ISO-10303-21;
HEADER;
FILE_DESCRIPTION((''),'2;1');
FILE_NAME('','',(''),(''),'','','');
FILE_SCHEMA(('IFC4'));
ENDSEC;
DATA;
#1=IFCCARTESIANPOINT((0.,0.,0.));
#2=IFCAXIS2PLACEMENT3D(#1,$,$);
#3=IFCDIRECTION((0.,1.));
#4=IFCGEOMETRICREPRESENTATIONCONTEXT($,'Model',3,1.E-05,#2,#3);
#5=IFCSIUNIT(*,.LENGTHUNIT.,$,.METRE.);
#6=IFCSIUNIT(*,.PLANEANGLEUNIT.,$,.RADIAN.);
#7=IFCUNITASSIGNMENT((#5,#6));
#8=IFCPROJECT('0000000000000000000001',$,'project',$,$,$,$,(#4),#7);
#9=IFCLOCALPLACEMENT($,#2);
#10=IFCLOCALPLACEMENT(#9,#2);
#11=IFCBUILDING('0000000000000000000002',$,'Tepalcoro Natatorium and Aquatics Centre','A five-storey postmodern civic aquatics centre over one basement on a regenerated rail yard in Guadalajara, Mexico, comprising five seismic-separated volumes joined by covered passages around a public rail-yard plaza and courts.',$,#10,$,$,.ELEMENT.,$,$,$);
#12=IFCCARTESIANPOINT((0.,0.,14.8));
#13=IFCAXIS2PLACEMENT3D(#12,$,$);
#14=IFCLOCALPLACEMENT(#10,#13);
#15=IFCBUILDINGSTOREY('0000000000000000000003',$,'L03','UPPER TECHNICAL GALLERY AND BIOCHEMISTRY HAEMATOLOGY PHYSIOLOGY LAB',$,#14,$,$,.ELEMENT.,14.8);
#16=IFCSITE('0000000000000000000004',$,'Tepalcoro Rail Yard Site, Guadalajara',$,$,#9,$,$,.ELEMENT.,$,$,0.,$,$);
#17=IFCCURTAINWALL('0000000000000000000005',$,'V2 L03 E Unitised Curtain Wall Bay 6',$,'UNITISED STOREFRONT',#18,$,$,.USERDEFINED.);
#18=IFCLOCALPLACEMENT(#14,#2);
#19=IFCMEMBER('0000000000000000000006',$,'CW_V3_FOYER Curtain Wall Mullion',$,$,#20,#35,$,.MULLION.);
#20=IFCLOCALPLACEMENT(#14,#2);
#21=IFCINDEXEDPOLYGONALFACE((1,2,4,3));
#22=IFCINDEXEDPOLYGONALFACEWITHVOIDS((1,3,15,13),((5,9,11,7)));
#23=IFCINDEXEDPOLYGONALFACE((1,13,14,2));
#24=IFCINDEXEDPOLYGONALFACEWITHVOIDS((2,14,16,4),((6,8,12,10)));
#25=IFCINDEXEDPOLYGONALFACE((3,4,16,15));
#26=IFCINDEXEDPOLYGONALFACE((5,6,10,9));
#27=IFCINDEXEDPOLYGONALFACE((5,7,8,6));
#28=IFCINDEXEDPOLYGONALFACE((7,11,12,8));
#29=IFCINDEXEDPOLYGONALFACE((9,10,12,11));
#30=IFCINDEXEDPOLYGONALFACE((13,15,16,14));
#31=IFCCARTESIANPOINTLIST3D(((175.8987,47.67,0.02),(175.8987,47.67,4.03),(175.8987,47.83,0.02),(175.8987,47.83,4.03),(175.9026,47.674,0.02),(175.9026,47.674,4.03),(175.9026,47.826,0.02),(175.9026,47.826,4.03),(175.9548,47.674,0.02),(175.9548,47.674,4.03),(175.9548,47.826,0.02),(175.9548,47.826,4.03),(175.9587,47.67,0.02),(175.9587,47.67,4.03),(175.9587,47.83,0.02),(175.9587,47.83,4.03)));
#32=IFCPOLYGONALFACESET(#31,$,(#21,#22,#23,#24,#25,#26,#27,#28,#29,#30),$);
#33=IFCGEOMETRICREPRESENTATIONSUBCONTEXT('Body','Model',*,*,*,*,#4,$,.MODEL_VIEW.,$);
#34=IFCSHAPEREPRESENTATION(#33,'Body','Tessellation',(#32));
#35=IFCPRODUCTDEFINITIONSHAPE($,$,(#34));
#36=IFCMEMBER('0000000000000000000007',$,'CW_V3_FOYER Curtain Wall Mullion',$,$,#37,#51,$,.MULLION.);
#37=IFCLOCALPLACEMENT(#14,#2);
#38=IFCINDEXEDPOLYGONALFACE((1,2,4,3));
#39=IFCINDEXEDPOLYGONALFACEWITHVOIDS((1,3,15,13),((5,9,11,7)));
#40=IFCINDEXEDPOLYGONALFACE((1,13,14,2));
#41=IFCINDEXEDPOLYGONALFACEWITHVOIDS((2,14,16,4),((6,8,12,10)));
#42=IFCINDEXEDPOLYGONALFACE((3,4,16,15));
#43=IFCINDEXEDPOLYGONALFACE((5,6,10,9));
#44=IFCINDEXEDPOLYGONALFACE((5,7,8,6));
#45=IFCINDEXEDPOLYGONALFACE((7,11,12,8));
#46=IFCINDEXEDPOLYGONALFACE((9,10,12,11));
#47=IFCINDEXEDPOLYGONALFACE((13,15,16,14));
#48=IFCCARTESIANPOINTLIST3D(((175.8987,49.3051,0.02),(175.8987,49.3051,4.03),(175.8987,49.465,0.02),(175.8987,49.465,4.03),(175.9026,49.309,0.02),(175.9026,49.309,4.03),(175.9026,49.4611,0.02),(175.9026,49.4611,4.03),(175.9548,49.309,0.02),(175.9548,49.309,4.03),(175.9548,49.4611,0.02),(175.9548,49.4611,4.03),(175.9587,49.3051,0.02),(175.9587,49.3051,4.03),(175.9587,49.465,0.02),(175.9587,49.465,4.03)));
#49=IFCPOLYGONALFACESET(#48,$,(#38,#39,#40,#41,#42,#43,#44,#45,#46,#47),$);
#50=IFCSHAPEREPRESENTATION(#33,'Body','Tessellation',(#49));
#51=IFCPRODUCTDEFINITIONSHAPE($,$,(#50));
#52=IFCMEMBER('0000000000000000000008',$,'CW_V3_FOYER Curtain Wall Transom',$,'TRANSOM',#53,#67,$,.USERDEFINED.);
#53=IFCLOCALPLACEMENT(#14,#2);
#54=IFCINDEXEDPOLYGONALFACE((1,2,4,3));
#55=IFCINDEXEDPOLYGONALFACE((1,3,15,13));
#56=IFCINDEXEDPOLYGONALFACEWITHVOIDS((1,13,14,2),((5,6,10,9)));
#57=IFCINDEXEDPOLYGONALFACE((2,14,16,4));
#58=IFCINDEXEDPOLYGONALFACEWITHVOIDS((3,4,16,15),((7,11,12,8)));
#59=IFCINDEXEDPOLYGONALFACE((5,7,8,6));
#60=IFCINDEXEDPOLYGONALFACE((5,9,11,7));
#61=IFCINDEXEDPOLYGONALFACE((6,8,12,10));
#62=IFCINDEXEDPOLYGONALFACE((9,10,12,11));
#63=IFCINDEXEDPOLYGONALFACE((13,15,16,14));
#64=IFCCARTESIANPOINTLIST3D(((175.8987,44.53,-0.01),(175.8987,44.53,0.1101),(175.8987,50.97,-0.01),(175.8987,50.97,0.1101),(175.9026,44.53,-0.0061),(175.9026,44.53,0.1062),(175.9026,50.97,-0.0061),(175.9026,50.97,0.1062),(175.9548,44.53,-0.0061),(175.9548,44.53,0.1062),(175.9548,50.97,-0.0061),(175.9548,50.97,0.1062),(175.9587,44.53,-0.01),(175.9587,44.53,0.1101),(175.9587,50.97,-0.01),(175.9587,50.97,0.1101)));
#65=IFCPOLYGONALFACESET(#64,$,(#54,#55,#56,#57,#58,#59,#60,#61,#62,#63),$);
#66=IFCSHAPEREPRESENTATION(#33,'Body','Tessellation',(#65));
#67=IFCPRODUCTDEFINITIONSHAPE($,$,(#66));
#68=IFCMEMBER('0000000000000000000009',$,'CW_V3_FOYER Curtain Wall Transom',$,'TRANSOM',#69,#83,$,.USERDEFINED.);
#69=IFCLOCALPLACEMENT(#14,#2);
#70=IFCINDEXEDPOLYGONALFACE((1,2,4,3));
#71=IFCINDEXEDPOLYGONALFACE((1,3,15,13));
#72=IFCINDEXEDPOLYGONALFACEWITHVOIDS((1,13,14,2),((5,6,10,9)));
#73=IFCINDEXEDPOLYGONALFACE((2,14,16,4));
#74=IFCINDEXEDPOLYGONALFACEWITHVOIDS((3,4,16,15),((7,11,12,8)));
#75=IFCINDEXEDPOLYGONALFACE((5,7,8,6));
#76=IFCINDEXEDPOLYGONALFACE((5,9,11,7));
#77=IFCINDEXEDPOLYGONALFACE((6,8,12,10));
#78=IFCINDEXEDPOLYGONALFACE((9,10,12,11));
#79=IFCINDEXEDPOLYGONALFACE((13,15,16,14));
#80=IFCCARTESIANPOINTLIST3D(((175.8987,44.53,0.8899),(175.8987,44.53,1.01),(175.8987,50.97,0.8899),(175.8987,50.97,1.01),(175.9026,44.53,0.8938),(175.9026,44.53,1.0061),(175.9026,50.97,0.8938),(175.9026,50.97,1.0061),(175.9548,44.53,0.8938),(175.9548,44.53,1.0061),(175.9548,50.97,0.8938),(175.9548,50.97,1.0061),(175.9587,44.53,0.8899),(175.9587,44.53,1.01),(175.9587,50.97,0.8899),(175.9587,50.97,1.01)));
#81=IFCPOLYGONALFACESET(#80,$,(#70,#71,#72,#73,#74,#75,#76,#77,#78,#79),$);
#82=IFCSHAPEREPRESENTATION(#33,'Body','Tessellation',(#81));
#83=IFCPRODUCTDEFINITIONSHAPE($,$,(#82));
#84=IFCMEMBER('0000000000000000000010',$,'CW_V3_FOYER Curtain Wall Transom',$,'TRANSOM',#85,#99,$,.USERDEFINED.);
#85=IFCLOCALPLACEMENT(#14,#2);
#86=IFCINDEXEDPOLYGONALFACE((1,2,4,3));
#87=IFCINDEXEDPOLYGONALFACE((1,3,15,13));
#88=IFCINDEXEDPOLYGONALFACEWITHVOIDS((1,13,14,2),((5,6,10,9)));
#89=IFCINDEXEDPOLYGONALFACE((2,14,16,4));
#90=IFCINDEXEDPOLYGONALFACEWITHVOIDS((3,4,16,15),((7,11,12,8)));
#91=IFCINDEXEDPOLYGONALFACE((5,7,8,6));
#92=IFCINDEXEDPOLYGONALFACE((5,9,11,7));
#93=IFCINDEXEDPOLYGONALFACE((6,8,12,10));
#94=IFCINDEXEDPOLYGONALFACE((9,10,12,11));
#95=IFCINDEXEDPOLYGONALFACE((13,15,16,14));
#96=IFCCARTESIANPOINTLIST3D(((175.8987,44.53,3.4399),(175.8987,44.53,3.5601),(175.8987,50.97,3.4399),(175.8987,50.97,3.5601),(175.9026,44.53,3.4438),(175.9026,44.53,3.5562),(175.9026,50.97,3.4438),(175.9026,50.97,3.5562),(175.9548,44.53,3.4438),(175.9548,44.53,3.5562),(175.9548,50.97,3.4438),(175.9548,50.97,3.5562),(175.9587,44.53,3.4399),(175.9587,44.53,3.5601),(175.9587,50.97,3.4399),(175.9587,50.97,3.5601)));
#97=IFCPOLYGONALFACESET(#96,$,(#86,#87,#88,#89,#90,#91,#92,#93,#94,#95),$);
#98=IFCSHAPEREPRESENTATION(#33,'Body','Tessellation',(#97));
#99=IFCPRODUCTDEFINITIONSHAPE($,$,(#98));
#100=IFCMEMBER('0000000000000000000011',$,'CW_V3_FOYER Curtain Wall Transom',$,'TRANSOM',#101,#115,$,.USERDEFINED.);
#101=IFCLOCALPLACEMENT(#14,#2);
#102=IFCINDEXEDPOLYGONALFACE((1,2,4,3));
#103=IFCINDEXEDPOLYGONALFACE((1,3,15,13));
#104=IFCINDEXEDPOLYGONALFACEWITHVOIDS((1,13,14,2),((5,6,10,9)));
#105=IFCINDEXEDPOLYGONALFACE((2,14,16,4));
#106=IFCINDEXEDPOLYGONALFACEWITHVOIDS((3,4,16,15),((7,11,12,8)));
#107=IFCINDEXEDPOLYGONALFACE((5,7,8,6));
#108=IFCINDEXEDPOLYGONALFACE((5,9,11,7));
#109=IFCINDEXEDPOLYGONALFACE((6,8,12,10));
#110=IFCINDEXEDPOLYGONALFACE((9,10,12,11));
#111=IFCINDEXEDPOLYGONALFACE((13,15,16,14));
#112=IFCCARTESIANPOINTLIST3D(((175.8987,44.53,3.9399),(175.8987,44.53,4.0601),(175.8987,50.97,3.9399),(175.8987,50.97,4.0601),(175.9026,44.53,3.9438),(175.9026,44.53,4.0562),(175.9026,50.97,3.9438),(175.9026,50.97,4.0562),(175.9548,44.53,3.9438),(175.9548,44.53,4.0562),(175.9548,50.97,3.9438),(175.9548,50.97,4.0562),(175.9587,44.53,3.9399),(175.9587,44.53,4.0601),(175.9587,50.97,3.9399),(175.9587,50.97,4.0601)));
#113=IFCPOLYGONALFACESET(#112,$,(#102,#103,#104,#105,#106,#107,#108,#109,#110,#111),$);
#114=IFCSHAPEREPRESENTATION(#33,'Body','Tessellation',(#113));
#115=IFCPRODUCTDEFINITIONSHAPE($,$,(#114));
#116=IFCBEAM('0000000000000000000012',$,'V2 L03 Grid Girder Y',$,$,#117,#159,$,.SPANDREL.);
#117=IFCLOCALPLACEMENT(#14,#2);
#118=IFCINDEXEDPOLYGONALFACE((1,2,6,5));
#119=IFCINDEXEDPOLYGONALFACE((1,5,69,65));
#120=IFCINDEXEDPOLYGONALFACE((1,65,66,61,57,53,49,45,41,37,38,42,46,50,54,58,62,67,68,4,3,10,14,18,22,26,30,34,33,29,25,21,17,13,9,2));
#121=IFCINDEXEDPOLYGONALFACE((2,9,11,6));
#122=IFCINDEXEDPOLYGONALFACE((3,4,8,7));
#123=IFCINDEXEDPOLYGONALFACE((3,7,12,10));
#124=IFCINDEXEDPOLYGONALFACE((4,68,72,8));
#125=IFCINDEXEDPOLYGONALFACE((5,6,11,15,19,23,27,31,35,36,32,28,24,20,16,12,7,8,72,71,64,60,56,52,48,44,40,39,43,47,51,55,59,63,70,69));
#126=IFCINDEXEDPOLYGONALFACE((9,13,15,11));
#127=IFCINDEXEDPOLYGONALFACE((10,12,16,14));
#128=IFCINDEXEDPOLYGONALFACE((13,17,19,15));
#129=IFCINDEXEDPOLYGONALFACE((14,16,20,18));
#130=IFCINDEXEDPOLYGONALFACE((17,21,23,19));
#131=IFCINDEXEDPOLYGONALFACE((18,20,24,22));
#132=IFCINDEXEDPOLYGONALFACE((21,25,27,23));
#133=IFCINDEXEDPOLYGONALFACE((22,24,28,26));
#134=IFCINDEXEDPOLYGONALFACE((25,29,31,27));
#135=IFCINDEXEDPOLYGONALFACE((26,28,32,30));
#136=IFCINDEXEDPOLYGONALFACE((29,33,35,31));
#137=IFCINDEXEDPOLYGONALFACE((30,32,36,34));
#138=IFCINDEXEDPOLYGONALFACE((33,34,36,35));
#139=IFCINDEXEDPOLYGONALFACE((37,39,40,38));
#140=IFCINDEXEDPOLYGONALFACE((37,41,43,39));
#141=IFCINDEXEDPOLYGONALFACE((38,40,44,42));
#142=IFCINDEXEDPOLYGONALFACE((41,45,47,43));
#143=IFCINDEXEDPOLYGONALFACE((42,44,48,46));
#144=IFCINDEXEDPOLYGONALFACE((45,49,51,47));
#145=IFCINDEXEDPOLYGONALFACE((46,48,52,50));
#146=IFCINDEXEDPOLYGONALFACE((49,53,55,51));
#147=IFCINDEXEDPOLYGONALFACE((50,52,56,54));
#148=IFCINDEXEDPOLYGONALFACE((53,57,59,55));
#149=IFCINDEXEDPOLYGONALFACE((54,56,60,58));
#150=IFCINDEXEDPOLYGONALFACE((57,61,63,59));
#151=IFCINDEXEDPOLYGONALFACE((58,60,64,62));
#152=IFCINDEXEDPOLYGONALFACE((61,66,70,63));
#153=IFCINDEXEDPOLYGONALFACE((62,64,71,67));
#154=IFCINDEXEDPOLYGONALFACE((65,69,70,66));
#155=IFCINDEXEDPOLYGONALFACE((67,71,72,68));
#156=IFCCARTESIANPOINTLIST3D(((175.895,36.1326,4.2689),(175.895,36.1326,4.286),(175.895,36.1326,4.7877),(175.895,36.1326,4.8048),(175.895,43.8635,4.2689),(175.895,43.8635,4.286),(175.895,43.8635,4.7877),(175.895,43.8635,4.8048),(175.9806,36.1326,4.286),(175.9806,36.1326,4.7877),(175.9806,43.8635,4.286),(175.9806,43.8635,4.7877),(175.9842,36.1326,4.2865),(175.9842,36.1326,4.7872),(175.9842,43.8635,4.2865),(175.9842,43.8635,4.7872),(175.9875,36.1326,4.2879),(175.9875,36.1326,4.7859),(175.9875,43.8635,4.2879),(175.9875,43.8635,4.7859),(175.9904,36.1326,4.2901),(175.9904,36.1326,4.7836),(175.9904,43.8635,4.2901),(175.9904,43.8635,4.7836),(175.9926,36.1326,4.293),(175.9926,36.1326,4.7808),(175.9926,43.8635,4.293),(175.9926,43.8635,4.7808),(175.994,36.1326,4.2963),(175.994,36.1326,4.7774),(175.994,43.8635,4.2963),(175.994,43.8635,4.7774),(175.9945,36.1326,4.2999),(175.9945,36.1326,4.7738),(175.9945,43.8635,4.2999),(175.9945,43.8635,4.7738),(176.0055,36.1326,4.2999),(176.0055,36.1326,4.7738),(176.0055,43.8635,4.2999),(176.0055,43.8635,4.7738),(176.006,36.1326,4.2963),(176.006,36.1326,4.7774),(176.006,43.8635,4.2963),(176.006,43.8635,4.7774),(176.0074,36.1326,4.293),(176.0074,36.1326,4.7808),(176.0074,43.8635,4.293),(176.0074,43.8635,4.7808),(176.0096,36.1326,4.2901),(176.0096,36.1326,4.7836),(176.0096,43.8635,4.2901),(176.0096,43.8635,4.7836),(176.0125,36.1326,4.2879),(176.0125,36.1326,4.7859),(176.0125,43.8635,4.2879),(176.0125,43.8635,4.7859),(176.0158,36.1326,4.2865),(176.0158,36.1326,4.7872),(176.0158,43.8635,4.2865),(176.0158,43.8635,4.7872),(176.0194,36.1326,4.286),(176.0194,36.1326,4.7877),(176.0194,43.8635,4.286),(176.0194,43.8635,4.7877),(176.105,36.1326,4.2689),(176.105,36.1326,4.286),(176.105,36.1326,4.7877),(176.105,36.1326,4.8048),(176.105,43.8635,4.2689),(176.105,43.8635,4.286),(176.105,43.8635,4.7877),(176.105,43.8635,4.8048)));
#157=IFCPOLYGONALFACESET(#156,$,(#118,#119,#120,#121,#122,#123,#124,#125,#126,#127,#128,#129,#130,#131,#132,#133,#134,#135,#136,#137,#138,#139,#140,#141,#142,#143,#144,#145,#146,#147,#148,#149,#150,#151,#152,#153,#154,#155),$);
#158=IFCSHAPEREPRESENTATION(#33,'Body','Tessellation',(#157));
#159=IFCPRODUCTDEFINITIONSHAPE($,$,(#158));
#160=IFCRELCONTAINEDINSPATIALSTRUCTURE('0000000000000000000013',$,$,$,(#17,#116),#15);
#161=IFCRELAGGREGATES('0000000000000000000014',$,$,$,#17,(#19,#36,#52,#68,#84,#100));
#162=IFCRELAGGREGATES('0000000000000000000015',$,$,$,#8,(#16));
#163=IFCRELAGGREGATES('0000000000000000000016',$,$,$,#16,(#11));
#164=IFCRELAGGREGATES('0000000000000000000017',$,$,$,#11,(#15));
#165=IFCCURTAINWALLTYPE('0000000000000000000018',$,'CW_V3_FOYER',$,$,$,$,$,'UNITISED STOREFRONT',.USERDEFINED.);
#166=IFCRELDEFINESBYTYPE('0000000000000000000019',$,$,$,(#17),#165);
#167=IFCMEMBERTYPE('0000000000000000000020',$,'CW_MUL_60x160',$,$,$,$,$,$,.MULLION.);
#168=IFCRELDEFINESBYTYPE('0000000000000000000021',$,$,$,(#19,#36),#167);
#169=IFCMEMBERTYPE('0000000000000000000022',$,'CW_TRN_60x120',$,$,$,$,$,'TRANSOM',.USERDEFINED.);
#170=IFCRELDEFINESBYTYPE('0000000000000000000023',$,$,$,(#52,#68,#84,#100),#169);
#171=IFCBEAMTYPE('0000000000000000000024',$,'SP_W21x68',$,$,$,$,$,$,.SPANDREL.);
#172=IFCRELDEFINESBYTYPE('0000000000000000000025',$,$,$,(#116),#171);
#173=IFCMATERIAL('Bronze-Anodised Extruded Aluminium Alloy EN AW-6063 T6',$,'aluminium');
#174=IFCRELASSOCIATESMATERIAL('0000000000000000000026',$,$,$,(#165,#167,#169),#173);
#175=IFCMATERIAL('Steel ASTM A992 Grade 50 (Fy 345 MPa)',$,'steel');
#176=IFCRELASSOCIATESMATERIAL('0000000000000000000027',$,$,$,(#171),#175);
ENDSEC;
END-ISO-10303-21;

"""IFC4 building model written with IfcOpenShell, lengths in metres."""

from ifc_helpers import new_model, si_unit, direction, frame, origin, origin_2d, place, context, subcontext, project, spatial, hollow_rectangle, i_section, extrude, material, material_profile, profile_set, type_object, element, aggregate, save


model = new_model("IFC4")

# Units and contexts
model_context = context("Model", 3, precision=1e-05, world=origin(), true_north=direction((0.0, 1.0)))
body_context = subcontext(model_context, "Body", "Model", "MODEL_VIEW")
ifc_project = project(units=[si_unit("LENGTHUNIT", "METRE"), si_unit("PLANEANGLEUNIT", "RADIAN")], contexts=[model_context])

# Site, building, storey
site_placement = place(None, origin())
site = spatial("IfcSite", under=ifc_project, at=site_placement, Name="Tepalcoro Rail Yard Site, Guadalajara", CompositionType="ELEMENT", RefElevation=0.0)
building_placement = place(site_placement, origin())
building = spatial("IfcBuilding", under=site, at=building_placement, Name="Tepalcoro Natatorium and Aquatics Centre", Description="A five-storey postmodern civic aquatics centre over one basement on a regenerated rail yard in Guadalajara, Mexico, comprising five seismic-separated volumes joined by covered passages around a public rail-yard plaza and courts.", CompositionType="ELEMENT")
storey_placement = place(building_placement, frame((0.0, 0.0, 14.8)))
storey = spatial("IfcBuildingStorey", under=building, at=storey_placement, Name="L03", Description="UPPER TECHNICAL GALLERY AND BIOCHEMISTRY HAEMATOLOGY PHYSIOLOGY LAB", CompositionType="ELEMENT", Elevation=14.8)

# Shared definitions
ifc_material_1 = material(Name="Steel ASTM A992 Grade 50 (Fy 345 MPa)", Category="steel")

# Curtain wall, members
ifc_material_2 = material(Name="Bronze-Anodised Extruded Aluminium Alloy EN AW-6063 T6", Category="aluminium")
curtain_wall_type = type_object("IfcCurtainWallType", Name="CW_V3_FOYER", ElementType="UNITISED STOREFRONT", PredefinedType="USERDEFINED", material=ifc_material_2)
curtain_wall_placement = place(storey_placement, origin())
curtain_wall = element("IfcCurtainWall", 1, at=curtain_wall_placement, inside=storey, type_object=curtain_wall_type, Name="V2 L03 E Unitised Curtain Wall Bay 6", ObjectType="UNITISED STOREFRONT", PredefinedType="USERDEFINED")
ifc_material_profile_1 = material_profile(ifc_material_2, hollow_rectangle(XDim=0.0601, YDim=0.1599, WallThickness=0.0039, at=origin_2d()), Name="AL60X160X4")
ifc_profile_set_1 = profile_set([ifc_material_profile_1], Name="Bronze-Anodised Extruded Aluminium Alloy EN AW-6063 T6")
member_type_1 = type_object("IfcMemberType", Name="CW_MUL_60x160", PredefinedType="MULLION", material=ifc_profile_set_1)
member_1_placement = place(storey_placement, frame((175.9287, 47.75, 0.02), z_axis=(0.0, 0.0, 1.0), x_axis=(1.0, 0.0, 0.0)))
member_1 = element("IfcMember", 2, at=member_1_placement, type_object=member_type_1, Name="CW_V3_FOYER Curtain Wall Mullion", PredefinedType="MULLION", context=body_context, shape_type="SweptSolid", body=[
    extrude(hollow_rectangle(XDim=0.0601, YDim=0.1599, WallThickness=0.0039, at=origin_2d()), origin(), (0.0, 0.0, 1.0), 4.01),
])
member_2_placement = place(storey_placement, frame((175.9287, 49.385, 0.02), z_axis=(0.0, 0.0, 1.0), x_axis=(1.0, 0.0, 0.0)))
member_2 = element("IfcMember", 3, at=member_2_placement, type_object=member_type_1, Name="CW_V3_FOYER Curtain Wall Mullion", PredefinedType="MULLION", context=body_context, shape_type="SweptSolid", body=[
    extrude(hollow_rectangle(XDim=0.0601, YDim=0.1599, WallThickness=0.0039, at=origin_2d()), origin(), (0.0, 0.0, 1.0), 4.01),
])
ifc_material_profile_2 = material_profile(ifc_material_2, hollow_rectangle(XDim=0.0601, YDim=0.1201, WallThickness=0.0039, at=origin_2d()), Name="AL60X120X4")
ifc_profile_set_2 = profile_set([ifc_material_profile_2], Name="Bronze-Anodised Extruded Aluminium Alloy EN AW-6063 T6")
member_type_2 = type_object("IfcMemberType", Name="CW_TRN_60x120", ElementType="TRANSOM", PredefinedType="USERDEFINED", material=ifc_profile_set_2)
member_3_placement = place(storey_placement, frame((175.9287, 44.53, 0.05), z_axis=(0.0, 1.0, 0.0), x_axis=(-1.0, 0.0, 0.0)))
member_3 = element("IfcMember", 4, at=member_3_placement, type_object=member_type_2, Name="CW_V3_FOYER Curtain Wall Transom", ObjectType="TRANSOM", PredefinedType="USERDEFINED", context=body_context, shape_type="SweptSolid", body=[
    extrude(hollow_rectangle(XDim=0.0601, YDim=0.1201, WallThickness=0.0039, at=origin_2d()), origin(), (0.0, 0.0, 1.0), 6.4399),
])
member_4_placement = place(storey_placement, frame((175.9287, 44.53, 0.95), z_axis=(0.0, 1.0, 0.0), x_axis=(-1.0, 0.0, 0.0)))
member_4 = element("IfcMember", 5, at=member_4_placement, type_object=member_type_2, Name="CW_V3_FOYER Curtain Wall Transom", ObjectType="TRANSOM", PredefinedType="USERDEFINED", context=body_context, shape_type="SweptSolid", body=[
    extrude(hollow_rectangle(XDim=0.0601, YDim=0.1201, WallThickness=0.0039, at=origin_2d()), origin(), (0.0, 0.0, 1.0), 6.4399),
])
member_5_placement = place(storey_placement, frame((175.9287, 44.53, 3.5), z_axis=(0.0, 1.0, 0.0), x_axis=(-1.0, 0.0, 0.0)))
member_5 = element("IfcMember", 6, at=member_5_placement, type_object=member_type_2, Name="CW_V3_FOYER Curtain Wall Transom", ObjectType="TRANSOM", PredefinedType="USERDEFINED", context=body_context, shape_type="SweptSolid", body=[
    extrude(hollow_rectangle(XDim=0.0601, YDim=0.1201, WallThickness=0.0039, at=origin_2d()), origin(), (0.0, 0.0, 1.0), 6.4399),
])
member_6_placement = place(storey_placement, frame((175.9287, 44.53, 4.0), z_axis=(0.0, 1.0, 0.0), x_axis=(-1.0, 0.0, 0.0)))
member_6 = element("IfcMember", 7, at=member_6_placement, type_object=member_type_2, Name="CW_V3_FOYER Curtain Wall Transom", ObjectType="TRANSOM", PredefinedType="USERDEFINED", context=body_context, shape_type="SweptSolid", body=[
    extrude(hollow_rectangle(XDim=0.0601, YDim=0.1201, WallThickness=0.0039, at=origin_2d()), origin(), (0.0, 0.0, 1.0), 6.4399),
])

# Beam
ifc_material_profile_3 = material_profile(ifc_material_1, i_section(OverallWidth=0.21, OverallDepth=0.5359, WebThickness=0.011, FlangeThickness=0.0171, FilletRadius=0.0139, at=origin_2d()), Name="W21X68")
ifc_profile_set_3 = profile_set([ifc_material_profile_3], Name="Steel ASTM A992 Grade 50 (Fy 345 MPa)")
beam_type_1 = type_object("IfcBeamType", Name="SP_W21x68", PredefinedType="SPANDREL", material=ifc_profile_set_3)
beam_1_placement = place(storey_placement, frame((176.0, 36.1326, 4.5369), z_axis=(0.0, 1.0, 0.0), x_axis=(-1.0, 0.0, 0.0)))
element("IfcBeam", 8, at=beam_1_placement, inside=storey, type_object=beam_type_1, Name="V2 L03 Grid Girder Y", PredefinedType="SPANDREL", context=body_context, shape_type="SweptSolid", body=[
    extrude(i_section(OverallWidth=0.21, OverallDepth=0.5359, WebThickness=0.011, FlangeThickness=0.0171, FilletRadius=0.0139, at=origin_2d()), origin(), (0.0, 0.0, 1.0), 7.731),
])

aggregate(curtain_wall, [member_1, member_2, member_3, member_4, member_5, member_6])

save(model, "model.ifc")
